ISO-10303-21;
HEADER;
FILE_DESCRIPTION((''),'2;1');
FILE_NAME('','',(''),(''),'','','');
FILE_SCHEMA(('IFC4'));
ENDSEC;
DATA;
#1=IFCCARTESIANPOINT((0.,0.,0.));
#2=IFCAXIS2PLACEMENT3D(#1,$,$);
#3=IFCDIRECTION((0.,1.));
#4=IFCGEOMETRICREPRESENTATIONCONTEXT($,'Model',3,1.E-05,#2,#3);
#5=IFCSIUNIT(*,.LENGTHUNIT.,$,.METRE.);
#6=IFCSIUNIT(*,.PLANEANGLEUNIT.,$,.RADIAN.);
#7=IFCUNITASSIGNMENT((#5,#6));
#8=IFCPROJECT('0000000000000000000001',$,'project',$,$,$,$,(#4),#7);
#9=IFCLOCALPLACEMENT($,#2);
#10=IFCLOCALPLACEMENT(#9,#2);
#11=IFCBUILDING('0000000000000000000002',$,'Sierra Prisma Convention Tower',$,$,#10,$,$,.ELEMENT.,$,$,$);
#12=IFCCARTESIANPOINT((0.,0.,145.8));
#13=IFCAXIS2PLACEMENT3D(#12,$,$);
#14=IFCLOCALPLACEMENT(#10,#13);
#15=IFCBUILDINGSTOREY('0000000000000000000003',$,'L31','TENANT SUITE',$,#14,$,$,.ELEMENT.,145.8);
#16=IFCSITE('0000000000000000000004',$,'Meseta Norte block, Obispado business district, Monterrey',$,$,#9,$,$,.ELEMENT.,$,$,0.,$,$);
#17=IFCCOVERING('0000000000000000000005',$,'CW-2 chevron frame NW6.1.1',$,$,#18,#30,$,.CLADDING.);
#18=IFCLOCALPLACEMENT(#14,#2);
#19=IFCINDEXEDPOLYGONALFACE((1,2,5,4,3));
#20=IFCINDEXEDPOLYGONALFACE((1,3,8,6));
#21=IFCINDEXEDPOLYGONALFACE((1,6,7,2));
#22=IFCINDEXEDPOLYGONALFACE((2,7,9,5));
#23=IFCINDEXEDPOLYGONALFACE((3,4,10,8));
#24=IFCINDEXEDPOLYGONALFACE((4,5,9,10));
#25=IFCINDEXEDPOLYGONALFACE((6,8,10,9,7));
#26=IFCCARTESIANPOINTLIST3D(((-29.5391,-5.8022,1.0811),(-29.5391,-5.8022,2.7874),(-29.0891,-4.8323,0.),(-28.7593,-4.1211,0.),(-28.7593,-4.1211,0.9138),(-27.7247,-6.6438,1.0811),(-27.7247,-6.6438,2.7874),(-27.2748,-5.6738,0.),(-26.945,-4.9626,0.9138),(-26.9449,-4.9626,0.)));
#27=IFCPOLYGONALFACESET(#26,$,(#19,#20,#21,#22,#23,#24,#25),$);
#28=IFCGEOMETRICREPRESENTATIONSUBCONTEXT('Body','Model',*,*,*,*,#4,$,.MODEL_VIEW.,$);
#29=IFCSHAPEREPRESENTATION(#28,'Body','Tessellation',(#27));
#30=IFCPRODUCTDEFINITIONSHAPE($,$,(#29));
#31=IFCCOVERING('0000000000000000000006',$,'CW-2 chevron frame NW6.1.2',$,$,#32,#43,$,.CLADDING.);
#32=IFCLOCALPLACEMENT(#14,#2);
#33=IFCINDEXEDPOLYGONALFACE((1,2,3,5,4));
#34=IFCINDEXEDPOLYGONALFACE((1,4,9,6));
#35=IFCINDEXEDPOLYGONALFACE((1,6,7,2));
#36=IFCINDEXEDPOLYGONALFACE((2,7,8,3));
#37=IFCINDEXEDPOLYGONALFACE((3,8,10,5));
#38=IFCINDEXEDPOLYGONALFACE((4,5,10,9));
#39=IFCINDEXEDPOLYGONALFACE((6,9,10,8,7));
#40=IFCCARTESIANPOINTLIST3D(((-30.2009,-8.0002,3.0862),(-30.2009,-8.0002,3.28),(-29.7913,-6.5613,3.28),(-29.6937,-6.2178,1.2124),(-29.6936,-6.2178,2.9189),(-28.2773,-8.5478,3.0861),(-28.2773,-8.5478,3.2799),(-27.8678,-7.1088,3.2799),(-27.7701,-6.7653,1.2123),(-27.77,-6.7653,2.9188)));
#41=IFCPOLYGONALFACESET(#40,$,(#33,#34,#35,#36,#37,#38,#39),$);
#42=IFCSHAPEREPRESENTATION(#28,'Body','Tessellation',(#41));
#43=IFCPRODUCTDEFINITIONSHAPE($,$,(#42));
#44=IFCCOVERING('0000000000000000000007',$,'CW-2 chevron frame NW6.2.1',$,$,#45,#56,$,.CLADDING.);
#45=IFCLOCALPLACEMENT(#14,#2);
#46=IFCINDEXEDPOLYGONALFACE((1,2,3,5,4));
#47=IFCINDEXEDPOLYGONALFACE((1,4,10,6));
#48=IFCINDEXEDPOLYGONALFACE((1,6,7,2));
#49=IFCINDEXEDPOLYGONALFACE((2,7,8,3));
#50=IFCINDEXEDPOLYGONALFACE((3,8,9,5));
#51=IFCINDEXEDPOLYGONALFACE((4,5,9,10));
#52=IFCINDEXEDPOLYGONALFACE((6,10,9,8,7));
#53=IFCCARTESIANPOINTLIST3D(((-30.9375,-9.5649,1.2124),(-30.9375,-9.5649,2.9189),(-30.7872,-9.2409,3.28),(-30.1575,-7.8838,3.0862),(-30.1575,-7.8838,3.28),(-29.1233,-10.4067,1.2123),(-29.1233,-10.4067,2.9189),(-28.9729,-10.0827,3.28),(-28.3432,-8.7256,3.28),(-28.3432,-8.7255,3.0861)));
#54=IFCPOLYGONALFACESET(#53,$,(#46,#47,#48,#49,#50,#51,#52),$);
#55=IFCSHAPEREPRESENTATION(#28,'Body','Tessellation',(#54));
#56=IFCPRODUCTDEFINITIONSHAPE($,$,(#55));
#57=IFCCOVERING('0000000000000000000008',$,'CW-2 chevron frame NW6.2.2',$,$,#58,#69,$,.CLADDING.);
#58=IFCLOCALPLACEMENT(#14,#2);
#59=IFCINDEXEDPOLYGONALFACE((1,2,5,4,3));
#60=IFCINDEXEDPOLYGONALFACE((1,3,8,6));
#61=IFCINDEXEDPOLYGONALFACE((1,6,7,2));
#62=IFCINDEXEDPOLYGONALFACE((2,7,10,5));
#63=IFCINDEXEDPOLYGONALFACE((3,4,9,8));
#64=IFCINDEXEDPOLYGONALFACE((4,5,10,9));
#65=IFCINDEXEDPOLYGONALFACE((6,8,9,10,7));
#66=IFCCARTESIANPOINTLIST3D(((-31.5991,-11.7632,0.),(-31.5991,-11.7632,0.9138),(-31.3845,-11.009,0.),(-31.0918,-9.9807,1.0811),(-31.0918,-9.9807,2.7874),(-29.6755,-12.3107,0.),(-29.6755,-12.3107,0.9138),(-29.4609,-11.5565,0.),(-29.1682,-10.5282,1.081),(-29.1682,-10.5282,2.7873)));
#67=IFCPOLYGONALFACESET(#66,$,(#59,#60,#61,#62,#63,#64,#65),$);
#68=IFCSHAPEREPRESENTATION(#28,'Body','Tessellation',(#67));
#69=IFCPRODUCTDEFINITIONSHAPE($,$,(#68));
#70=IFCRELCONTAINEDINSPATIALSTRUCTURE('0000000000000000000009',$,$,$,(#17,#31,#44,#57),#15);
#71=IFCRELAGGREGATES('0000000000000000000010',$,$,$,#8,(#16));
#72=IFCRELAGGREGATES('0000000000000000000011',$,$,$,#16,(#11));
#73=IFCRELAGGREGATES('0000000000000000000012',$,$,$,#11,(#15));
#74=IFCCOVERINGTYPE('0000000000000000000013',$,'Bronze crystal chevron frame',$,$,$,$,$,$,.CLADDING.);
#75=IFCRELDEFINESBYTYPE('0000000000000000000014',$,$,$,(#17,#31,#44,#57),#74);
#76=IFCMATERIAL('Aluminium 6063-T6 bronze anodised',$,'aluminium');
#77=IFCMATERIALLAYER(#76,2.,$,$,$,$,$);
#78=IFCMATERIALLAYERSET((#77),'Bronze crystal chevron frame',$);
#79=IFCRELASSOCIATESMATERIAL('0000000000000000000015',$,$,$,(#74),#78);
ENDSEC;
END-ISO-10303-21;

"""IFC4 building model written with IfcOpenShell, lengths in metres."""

from ifc_helpers import new_model, si_unit, direction, frame, origin, place, context, subcontext, project, spatial, polyline, outline, extrude, material, layer, layer_set, type_object, element, save


model = new_model("IFC4")

# Units and contexts
model_context = context("Model", 3, precision=1e-05, world=origin(), true_north=direction((0.0, 1.0)))
body_context = subcontext(model_context, "Body", "Model", "MODEL_VIEW")
ifc_project = project(units=[si_unit("LENGTHUNIT", "METRE"), si_unit("PLANEANGLEUNIT", "RADIAN")], contexts=[model_context])

# Site, building, storey
site_placement = place(None, origin())
site = spatial("IfcSite", under=ifc_project, at=site_placement, Name="Meseta Norte block, Obispado business district, Monterrey", CompositionType="ELEMENT", RefElevation=0.0)
building_placement = place(site_placement, origin())
building = spatial("IfcBuilding", under=site, at=building_placement, Name="Sierra Prisma Convention Tower", CompositionType="ELEMENT")
storey_placement = place(building_placement, frame((0.0, 0.0, 145.8)))
storey = spatial("IfcBuildingStorey", under=building, at=storey_placement, Name="L31", Description="TENANT SUITE", CompositionType="ELEMENT", Elevation=145.8)

# Coverings
ifc_material_1 = material(Name="Aluminium 6063-T6 bronze anodised", Category="aluminium")
ifc_layer_1 = layer(ifc_material_1, 2.0)
ifc_layer_set_1 = layer_set([ifc_layer_1], Name="Bronze crystal chevron frame")
covering_type = type_object("IfcCoveringType", Name="Bronze crystal chevron frame", PredefinedType="CLADDING", material=ifc_layer_set_1)
covering_1_placement = place(storey_placement, frame((-28.7593, -4.1211, 0.0), z_axis=(-0.907166, 0.420772, -0.000012), x_axis=(-0.420772, -0.907166, 0.0)))
element("IfcCovering", 1, at=covering_1_placement, inside=storey, type_object=covering_type, Name="CW-2 chevron frame NW6.1.1", PredefinedType="CLADDING", context=body_context, shape_type="SweptSolid", body=[
    extrude(outline(polyline([(0.0, 0.0), (0.7839, 0.0), (1.8532, 1.0811), (1.8532, 2.7874), (0.0, 0.9138), (0.0, 0.0)])), origin(), (0.0, 0.0, -1.0), 2.0),
])
covering_2_placement = place(storey_placement, frame((-29.6936, -6.2178, 2.9189), z_axis=(-0.961799, 0.273756, 0.000049), x_axis=(-0.000047, 0.000013, -1.0)))
element("IfcCovering", 2, at=covering_2_placement, inside=storey, type_object=covering_type, Name="CW-2 chevron frame NW6.1.2", PredefinedType="CLADDING", context=body_context, shape_type="SweptSolid", body=[
    extrude(outline(polyline([(0.0, 0.0), (1.7065, 0.0), (-0.1672, 1.8533), (-0.3611, 1.8533), (-0.3611, 0.3571), (0.0, 0.0)])), origin(), (0.0, 0.0, -1.0), 2.0),
])
covering_3_placement = place(storey_placement, frame((-30.1575, -7.8838, 3.28), z_axis=(-0.907116, 0.420882, 0.00003), x_axis=(-0.000027, 0.000012, -1.0)))
element("IfcCovering", 3, at=covering_3_placement, inside=storey, type_object=covering_type, Name="CW-2 chevron frame NW6.2.1", PredefinedType="CLADDING", context=body_context, shape_type="SweptSolid", body=[
    extrude(outline(polyline([(0.0, 0.0), (0.1938, 0.0), (2.0676, 1.8533), (0.3611, 1.8533), (0.0, 1.4961), (0.0, 0.0)])), origin(), (0.0, 0.0, -1.0), 2.0),
])
covering_4_placement = place(storey_placement, frame((-31.5991, -11.7632, 0.0), z_axis=(-0.961804, 0.273739, 0.000014), x_axis=(0.000014, -0.000004, 1.0)))
element("IfcCovering", 4, at=covering_4_placement, inside=storey, type_object=covering_type, Name="CW-2 chevron frame NW6.2.2", PredefinedType="CLADDING", context=body_context, shape_type="SweptSolid", body=[
    extrude(outline(polyline([(0.0, 0.0), (0.9138, 0.0), (2.7874, 1.8533), (1.0811, 1.8533), (0.0, 0.7841), (0.0, 0.0)])), origin(), (0.0, 0.0, -1.0), 2.0),
])

save(model, "model.ifc")
